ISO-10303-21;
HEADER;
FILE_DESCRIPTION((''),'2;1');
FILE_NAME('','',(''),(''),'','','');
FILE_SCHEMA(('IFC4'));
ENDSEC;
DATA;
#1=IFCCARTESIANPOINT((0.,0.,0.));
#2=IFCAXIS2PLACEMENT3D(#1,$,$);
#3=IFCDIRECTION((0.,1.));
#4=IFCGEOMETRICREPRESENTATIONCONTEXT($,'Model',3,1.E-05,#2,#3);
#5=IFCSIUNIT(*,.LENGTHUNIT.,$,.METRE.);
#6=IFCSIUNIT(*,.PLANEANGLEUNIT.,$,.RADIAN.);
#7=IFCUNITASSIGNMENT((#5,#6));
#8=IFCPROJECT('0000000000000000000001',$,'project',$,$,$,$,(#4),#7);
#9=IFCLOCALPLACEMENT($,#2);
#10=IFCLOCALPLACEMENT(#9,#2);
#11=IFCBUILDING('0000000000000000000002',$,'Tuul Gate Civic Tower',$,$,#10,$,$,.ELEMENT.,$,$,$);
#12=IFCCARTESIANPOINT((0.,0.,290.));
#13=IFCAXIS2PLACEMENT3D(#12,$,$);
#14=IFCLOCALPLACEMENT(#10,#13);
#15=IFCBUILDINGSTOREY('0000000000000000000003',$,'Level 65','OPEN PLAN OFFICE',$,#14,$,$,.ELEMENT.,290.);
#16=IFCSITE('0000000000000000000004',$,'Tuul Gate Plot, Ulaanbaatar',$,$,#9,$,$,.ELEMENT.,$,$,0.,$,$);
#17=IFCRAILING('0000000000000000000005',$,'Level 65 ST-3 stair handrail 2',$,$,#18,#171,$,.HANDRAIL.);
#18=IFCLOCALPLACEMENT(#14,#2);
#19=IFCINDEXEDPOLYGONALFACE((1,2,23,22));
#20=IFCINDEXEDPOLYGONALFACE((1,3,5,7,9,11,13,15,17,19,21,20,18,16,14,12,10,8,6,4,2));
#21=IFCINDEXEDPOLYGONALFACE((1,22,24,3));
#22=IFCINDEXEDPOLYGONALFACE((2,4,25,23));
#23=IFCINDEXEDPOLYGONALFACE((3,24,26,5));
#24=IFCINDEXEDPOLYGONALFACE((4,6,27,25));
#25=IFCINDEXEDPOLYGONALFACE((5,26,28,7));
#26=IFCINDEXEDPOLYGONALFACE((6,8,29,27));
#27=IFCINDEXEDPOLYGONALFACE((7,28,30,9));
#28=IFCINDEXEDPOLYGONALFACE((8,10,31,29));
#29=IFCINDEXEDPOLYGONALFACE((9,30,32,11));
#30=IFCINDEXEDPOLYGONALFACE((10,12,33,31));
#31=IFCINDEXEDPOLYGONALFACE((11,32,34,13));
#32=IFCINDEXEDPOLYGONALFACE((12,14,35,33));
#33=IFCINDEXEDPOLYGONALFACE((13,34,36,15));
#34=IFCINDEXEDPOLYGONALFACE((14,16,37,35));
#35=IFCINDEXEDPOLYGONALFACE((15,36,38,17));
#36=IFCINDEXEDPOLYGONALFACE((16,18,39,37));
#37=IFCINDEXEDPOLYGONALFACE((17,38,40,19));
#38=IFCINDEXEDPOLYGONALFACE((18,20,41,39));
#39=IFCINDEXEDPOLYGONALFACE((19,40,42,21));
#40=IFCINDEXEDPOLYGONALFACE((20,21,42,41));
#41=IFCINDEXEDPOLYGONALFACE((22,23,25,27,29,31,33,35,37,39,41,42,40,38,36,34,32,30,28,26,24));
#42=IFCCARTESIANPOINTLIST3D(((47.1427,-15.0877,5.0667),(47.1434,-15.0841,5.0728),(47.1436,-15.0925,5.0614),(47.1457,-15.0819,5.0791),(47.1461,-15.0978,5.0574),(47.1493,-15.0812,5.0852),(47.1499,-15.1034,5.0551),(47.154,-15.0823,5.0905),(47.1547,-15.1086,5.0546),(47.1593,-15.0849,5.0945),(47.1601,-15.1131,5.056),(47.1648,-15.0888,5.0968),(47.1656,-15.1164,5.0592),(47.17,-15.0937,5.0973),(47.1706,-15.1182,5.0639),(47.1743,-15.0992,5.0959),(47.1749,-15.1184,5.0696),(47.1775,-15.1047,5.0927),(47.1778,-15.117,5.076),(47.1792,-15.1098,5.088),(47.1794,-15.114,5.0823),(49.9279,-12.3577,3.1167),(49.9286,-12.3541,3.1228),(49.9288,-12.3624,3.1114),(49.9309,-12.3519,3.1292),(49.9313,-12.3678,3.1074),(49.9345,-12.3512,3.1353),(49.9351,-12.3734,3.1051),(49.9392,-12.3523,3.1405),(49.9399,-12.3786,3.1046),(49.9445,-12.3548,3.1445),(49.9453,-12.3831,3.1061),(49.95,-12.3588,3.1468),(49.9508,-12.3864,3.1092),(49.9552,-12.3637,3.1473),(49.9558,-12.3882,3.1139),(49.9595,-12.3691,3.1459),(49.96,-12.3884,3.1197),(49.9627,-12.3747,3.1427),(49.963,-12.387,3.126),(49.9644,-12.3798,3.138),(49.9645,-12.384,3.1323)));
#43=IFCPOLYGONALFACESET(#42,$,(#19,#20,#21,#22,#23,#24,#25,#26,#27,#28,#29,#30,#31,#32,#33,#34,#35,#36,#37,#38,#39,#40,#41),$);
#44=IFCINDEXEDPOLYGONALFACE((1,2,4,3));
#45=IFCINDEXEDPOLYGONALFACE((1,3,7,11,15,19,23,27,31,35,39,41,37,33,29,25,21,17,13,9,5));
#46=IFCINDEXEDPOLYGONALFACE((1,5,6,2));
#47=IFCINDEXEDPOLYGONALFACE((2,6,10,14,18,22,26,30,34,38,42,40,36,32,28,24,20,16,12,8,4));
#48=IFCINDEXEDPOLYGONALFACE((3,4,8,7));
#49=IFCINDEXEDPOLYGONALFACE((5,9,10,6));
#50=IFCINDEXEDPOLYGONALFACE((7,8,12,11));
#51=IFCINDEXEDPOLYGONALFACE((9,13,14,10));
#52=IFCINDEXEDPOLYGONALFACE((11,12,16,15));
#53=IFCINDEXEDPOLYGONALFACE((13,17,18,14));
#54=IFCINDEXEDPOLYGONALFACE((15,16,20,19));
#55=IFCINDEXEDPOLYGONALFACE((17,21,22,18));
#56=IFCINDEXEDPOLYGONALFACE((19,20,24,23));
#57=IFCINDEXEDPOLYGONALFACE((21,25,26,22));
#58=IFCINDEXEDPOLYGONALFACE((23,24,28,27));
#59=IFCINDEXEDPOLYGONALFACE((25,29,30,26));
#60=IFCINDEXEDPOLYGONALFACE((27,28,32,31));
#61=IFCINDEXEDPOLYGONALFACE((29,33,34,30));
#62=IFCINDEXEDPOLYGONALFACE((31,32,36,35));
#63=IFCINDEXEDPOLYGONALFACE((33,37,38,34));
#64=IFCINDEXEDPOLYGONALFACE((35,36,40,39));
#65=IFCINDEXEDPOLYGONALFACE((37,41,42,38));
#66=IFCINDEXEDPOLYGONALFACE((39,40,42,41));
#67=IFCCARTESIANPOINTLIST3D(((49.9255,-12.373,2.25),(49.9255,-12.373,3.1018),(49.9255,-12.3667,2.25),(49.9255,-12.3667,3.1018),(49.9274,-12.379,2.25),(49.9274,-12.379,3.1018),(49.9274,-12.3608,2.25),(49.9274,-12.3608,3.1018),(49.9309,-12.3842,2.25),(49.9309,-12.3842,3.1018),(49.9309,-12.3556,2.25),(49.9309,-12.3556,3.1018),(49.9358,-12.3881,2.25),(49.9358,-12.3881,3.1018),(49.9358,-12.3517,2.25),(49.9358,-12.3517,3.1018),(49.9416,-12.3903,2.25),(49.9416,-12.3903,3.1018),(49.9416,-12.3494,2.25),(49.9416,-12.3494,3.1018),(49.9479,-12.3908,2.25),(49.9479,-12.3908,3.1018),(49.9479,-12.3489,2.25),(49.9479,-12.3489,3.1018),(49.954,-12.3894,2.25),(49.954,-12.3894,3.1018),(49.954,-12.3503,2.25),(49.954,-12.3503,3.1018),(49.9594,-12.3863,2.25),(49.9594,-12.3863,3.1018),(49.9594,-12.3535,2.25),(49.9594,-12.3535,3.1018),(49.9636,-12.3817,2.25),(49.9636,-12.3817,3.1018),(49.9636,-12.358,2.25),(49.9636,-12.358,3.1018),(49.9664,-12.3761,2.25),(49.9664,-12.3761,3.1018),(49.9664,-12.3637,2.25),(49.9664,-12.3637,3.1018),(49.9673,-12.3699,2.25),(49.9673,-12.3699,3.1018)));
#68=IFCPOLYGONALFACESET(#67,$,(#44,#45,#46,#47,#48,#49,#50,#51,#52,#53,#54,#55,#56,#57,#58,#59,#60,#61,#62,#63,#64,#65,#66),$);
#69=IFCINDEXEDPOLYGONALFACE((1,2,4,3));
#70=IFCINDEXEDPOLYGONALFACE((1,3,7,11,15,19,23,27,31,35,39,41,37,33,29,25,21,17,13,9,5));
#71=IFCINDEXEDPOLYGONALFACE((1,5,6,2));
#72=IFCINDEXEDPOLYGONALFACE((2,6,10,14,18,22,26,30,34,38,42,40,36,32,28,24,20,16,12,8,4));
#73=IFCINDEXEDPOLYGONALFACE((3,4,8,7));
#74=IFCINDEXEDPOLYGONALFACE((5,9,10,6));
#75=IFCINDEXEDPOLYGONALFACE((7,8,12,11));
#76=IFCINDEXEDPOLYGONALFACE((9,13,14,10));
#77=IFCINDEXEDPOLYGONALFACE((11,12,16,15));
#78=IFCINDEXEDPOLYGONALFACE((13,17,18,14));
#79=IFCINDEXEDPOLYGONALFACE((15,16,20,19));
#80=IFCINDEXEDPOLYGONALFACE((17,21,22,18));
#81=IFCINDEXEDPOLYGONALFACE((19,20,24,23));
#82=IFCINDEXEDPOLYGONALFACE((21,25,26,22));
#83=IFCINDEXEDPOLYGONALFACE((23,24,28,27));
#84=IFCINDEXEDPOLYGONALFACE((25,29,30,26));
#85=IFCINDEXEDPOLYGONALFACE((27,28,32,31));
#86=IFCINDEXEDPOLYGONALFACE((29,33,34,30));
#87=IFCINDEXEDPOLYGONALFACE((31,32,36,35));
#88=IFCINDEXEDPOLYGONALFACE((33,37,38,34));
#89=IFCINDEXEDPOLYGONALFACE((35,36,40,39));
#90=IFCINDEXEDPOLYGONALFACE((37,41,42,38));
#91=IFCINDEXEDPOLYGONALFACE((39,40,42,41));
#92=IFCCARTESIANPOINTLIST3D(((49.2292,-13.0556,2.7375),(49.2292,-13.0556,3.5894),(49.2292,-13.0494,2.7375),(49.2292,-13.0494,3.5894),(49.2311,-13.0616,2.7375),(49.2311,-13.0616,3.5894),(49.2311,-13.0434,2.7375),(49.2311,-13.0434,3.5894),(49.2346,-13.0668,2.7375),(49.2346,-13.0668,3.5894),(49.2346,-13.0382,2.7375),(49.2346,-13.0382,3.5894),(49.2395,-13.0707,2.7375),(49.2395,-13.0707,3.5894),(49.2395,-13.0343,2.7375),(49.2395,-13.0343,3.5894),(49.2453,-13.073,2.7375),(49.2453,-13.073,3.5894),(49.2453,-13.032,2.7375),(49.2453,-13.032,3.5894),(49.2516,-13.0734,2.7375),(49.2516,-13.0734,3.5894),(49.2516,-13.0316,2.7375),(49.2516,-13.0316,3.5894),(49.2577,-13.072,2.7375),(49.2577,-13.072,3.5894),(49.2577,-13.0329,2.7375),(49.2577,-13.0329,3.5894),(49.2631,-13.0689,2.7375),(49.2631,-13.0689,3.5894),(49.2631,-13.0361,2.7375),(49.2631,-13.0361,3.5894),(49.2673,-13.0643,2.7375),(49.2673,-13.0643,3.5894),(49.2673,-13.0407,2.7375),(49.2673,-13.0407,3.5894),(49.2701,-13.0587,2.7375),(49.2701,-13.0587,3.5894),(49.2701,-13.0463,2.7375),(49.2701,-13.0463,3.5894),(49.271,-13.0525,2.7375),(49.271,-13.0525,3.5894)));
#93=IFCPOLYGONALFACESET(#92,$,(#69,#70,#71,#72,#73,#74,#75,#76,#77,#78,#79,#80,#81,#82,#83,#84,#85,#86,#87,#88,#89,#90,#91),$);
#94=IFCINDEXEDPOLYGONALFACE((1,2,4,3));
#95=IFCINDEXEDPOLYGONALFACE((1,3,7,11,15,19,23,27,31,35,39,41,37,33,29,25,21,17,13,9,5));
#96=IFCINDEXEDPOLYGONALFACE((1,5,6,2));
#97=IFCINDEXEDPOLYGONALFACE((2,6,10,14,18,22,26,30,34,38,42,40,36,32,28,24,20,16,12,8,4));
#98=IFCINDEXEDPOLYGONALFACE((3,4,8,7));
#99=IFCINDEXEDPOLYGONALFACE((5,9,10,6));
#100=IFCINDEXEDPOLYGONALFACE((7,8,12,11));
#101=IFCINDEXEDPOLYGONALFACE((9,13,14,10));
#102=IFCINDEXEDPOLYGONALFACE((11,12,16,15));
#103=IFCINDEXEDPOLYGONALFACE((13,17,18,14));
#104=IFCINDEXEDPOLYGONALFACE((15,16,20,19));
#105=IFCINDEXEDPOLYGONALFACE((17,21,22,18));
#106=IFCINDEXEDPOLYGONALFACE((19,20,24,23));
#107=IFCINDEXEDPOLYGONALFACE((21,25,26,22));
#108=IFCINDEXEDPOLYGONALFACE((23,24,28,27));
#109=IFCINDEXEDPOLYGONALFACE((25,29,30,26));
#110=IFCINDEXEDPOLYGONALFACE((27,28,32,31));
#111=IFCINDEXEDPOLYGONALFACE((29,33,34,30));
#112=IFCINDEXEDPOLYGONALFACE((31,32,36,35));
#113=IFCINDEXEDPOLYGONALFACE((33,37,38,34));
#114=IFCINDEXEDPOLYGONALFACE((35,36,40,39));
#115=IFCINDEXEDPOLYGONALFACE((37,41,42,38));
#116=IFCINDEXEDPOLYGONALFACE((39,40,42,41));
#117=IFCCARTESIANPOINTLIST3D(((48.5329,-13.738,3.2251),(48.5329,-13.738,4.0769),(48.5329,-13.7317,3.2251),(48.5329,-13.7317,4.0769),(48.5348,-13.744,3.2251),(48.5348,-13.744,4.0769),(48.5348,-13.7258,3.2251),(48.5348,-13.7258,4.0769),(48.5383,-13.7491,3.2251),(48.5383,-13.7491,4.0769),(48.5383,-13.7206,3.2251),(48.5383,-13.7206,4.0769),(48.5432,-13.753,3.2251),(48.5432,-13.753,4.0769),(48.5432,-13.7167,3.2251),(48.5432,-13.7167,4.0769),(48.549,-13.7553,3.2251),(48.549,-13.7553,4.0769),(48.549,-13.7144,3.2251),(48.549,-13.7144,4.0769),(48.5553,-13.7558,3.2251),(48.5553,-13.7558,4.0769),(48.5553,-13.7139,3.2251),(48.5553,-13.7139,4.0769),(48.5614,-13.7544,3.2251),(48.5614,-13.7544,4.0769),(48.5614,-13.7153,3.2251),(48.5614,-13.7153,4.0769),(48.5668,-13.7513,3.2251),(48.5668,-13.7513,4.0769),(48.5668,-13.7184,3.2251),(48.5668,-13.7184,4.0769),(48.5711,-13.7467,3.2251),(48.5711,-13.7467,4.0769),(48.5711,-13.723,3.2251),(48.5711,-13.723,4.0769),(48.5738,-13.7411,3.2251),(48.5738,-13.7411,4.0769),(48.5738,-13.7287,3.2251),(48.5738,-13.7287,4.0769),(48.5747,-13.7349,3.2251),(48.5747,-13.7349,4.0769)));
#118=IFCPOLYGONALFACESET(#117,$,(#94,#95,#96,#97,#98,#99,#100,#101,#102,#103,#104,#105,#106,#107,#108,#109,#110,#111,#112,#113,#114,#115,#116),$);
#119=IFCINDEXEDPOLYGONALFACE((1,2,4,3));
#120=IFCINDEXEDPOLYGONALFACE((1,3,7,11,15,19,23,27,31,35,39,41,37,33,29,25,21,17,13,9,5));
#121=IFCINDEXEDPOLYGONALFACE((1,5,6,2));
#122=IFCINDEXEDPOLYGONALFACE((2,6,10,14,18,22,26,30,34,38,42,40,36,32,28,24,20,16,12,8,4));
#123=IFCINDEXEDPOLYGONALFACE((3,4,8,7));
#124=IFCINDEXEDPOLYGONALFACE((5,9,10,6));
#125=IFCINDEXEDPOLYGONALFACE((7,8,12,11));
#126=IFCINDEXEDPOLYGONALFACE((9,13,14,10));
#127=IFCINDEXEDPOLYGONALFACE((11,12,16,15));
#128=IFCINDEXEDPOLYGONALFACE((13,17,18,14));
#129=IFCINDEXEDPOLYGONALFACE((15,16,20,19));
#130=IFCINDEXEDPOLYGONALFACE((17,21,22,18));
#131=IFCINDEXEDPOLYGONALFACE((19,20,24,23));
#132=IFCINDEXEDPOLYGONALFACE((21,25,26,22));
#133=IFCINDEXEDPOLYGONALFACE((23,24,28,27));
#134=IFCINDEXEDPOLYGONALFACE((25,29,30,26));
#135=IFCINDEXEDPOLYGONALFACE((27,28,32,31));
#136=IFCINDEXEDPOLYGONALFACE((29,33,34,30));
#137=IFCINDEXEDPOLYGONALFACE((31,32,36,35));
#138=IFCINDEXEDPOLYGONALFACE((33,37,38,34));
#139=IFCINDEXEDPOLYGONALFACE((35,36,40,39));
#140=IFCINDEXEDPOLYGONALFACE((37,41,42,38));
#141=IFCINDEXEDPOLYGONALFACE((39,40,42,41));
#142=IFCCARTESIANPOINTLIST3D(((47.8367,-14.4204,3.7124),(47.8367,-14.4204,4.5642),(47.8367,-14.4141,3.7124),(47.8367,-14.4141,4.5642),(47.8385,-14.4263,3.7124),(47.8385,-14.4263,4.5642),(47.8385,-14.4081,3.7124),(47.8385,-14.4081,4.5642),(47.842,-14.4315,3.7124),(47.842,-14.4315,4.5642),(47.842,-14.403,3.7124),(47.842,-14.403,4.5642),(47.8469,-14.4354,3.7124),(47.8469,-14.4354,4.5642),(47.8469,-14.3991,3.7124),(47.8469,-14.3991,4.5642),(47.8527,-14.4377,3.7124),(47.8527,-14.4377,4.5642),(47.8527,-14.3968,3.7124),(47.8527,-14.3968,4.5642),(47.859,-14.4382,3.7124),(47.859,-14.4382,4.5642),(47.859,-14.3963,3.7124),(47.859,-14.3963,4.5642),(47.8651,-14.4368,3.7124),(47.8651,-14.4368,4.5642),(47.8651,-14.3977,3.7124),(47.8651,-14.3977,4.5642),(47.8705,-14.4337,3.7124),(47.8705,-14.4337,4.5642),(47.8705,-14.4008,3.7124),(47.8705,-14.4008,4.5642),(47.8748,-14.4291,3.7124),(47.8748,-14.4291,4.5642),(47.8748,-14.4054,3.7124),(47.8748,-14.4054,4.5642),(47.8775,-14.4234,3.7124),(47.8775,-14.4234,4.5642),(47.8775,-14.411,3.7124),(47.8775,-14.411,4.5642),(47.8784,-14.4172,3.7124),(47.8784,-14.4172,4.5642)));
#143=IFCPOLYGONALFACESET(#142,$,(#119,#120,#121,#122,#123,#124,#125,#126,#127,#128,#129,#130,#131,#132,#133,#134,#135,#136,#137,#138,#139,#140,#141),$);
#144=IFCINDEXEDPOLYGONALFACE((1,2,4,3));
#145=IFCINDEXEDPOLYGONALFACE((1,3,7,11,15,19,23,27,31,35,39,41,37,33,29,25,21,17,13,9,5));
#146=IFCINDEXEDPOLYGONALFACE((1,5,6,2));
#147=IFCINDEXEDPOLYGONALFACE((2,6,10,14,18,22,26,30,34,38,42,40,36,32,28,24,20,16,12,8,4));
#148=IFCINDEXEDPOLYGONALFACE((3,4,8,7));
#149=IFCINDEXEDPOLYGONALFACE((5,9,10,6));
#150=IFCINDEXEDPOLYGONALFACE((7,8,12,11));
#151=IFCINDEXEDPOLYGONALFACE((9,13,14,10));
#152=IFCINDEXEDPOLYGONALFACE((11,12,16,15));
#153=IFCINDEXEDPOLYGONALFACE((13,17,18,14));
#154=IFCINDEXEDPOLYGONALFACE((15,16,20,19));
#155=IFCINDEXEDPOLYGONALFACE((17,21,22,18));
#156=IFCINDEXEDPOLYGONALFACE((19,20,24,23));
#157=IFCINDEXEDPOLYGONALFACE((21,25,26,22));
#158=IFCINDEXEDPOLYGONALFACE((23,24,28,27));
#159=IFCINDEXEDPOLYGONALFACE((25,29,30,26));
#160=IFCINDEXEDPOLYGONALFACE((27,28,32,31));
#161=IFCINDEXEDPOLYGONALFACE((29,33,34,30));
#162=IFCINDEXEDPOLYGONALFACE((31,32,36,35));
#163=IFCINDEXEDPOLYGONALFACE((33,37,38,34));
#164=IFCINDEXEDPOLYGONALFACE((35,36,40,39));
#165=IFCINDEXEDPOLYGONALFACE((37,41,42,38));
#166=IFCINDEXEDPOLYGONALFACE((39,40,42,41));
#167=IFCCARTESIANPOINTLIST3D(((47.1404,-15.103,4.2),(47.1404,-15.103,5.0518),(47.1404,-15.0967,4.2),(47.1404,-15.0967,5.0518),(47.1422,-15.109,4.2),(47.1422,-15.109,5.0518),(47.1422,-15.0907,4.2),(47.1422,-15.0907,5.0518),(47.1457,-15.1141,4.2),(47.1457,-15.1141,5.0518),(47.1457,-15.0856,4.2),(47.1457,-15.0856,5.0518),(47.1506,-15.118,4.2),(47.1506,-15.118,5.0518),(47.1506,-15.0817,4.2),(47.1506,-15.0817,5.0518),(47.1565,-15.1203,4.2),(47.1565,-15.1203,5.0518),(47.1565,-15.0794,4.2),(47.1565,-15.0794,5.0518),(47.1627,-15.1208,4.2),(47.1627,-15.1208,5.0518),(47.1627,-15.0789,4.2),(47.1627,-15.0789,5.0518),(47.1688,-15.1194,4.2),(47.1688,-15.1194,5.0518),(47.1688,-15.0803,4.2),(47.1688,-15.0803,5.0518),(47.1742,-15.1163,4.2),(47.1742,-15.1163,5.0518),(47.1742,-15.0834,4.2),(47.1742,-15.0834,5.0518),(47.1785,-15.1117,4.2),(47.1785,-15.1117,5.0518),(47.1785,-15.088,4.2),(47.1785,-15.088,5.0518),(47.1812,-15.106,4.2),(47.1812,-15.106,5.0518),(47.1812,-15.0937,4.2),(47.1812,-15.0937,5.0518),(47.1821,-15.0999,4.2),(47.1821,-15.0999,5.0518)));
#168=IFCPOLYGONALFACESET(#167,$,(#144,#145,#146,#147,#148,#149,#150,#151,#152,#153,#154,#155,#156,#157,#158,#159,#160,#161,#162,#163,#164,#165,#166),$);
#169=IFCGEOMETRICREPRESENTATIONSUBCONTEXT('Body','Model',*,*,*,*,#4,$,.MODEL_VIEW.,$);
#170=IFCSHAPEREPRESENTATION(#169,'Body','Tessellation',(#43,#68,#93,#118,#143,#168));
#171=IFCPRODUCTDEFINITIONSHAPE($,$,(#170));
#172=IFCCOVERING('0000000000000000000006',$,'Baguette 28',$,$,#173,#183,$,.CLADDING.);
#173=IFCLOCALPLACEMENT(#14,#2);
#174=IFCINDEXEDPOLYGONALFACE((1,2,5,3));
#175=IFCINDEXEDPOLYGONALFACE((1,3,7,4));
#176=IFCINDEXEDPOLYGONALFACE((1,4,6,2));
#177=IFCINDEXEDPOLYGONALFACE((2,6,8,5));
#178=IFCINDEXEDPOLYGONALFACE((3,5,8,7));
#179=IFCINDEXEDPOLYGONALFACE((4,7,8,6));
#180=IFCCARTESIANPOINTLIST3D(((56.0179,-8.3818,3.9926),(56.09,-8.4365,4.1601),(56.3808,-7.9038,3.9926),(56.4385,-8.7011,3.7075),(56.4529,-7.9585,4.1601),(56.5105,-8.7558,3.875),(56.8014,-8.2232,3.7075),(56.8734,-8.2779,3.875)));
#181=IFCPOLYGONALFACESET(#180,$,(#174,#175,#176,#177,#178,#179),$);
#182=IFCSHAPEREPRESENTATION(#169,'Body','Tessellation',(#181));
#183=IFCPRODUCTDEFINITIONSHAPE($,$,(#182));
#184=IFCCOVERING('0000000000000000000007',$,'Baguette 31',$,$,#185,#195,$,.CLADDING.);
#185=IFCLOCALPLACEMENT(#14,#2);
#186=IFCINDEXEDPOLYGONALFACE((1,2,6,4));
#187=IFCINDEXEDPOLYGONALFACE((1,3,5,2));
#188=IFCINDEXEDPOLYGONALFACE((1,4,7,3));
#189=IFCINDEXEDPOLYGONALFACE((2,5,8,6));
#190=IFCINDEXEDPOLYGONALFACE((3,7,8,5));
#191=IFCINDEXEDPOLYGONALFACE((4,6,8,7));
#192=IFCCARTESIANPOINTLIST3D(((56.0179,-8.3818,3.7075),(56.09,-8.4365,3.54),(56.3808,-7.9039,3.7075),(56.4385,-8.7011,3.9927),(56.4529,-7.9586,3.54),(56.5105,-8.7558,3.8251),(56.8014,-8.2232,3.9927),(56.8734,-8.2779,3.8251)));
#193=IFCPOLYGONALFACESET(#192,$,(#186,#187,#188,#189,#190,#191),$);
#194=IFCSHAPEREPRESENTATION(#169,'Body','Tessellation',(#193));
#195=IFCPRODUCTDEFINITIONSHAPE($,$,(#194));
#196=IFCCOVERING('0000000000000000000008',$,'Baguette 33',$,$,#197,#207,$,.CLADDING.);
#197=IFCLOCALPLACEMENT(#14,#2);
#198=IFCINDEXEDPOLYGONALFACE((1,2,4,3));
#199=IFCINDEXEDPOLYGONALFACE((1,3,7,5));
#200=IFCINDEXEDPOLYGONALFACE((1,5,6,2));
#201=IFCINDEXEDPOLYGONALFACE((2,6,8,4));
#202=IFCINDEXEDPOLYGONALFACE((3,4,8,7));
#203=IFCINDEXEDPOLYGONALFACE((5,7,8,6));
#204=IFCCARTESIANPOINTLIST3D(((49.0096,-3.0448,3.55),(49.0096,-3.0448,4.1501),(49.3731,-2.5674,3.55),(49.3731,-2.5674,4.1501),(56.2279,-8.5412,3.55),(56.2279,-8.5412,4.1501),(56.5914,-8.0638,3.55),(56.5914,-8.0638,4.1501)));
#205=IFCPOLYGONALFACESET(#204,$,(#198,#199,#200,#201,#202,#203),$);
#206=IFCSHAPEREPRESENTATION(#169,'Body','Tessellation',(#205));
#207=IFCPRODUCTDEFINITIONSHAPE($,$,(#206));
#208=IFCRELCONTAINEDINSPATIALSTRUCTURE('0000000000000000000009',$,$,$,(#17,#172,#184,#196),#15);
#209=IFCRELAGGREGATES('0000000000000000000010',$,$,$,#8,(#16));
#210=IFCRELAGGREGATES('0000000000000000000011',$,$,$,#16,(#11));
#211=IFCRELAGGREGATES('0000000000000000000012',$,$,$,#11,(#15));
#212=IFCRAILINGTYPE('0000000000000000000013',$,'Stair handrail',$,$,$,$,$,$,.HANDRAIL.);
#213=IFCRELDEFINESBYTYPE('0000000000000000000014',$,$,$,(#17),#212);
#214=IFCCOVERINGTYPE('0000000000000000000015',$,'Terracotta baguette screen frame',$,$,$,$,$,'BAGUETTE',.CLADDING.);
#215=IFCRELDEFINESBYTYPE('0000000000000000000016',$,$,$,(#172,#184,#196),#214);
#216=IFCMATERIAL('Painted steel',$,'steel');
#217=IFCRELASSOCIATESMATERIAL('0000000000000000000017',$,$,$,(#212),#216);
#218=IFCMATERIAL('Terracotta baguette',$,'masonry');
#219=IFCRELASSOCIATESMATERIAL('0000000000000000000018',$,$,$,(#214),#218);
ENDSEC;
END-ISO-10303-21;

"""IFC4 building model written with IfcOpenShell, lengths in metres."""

from ifc_helpers import new_model, si_unit, direction, frame, origin, origin_2d, place, context, subcontext, project, spatial, rectangle, circle, extrude, material, material_profile, profile_set, type_object, element, save


model = new_model("IFC4")

# Units and contexts
model_context = context("Model", 3, precision=1e-05, world=origin(), true_north=direction((0.0, 1.0)))
body_context = subcontext(model_context, "Body", "Model", "MODEL_VIEW")
ifc_project = project(units=[si_unit("LENGTHUNIT", "METRE"), si_unit("PLANEANGLEUNIT", "RADIAN")], contexts=[model_context])

# Site, building, storey
site_placement = place(None, origin())
site = spatial("IfcSite", under=ifc_project, at=site_placement, Name="Tuul Gate Plot, Ulaanbaatar", CompositionType="ELEMENT", RefElevation=0.0)
building_placement = place(site_placement, origin())
building = spatial("IfcBuilding", under=site, at=building_placement, Name="Tuul Gate Civic Tower", CompositionType="ELEMENT")
storey_placement = place(building_placement, frame((0.0, 0.0, 290.0)))
storey = spatial("IfcBuildingStorey", under=building, at=storey_placement, Name="Level 65", Description="OPEN PLAN OFFICE", CompositionType="ELEMENT", Elevation=290.0)

# Railing
ifc_material_1 = material(Name="Painted steel", Category="steel")
railing_type_1 = type_object("IfcRailingType", Name="Stair handrail", PredefinedType="HANDRAIL", material=ifc_material_1)
railing_1_placement = place(storey_placement, frame((49.9463, -12.3699, 2.25)))
element("IfcRailing", 1, at=railing_1_placement, inside=storey, type_object=railing_type_1, Name="Level 65 ST-3 stair handrail 2", PredefinedType="HANDRAIL", context=body_context, shape_type="SweptSolid", body=[
    extrude(circle(Radius=0.0239, at=origin_2d()), frame((0.0, 0.0, 0.876), z_axis=(-0.638754, -0.6261, 0.447206), x_axis=(0.699998, -0.714145, 0.0)), (0.0, 0.0, 1.0), 4.3604),
    extrude(circle(Radius=0.021, at=origin_2d()), origin(), (0.0, 0.0, 1.0), 0.8518),
    extrude(circle(Radius=0.021, at=origin_2d()), frame((-0.6963, -0.6826, 0.4875)), (0.0, 0.0, 1.0), 0.8518),
    extrude(circle(Radius=0.021, at=origin_2d()), frame((-1.3926, -1.365, 0.9751)), (0.0, 0.0, 1.0), 0.8518),
    extrude(circle(Radius=0.021, at=origin_2d()), frame((-2.0889, -2.0474, 1.4624)), (0.0, 0.0, 1.0), 0.8518),
    extrude(circle(Radius=0.021, at=origin_2d()), frame((-2.7852, -2.73, 1.95)), (0.0, 0.0, 1.0), 0.8518),
])

# Coverings
ifc_material_2 = material(Name="Terracotta baguette", Category="masonry")
ifc_material_profile_1 = material_profile(ifc_material_2, rectangle(XDim=0.6001, YDim=0.6001, at=origin_2d()), Name="Terracotta baguette screen frame")
ifc_profile_set_1 = profile_set([ifc_material_profile_1], Name="Terracotta baguette")
covering_type = type_object("IfcCoveringType", Name="Terracotta baguette screen frame", ElementType="BAGUETTE", PredefinedType="CLADDING", material=ifc_profile_set_1)
for number, where, z_axis, x_axis, name in (
    (2, (56.4817, -8.3572, 4.0176), (-0.378393, 0.287322, -0.879923), (-0.604741, -0.796422, 0.0), "Baguette 28"),
    (3, (56.4097, -8.3025, 3.8501), (0.378393, -0.287322, -0.879923), (0.604741, 0.796422, 0.0), "Baguette 31"),
):
    element("IfcCovering", number, at=place(storey_placement, frame(where, z_axis=z_axis, x_axis=x_axis)), inside=storey, type_object=covering_type, Name=name, PredefinedType="CLADDING", context=body_context, shape_type="SweptSolid", body=[
        extrude(rectangle(XDim=0.6001, YDim=0.6001, at=origin_2d()), origin(), (0.0, 0.0, 1.0), 0.1904),
    ])
covering_1_placement = place(storey_placement, frame((56.4097, -8.3025, 3.8501), z_axis=(-0.795607, 0.605814, 0.0), x_axis=(-0.605814, -0.795607, 0.0)))
element("IfcCovering", 4, at=covering_1_placement, inside=storey, type_object=covering_type, Name="Baguette 33", PredefinedType="CLADDING", context=body_context, shape_type="SweptSolid", body=[
    extrude(rectangle(XDim=0.6001, YDim=0.6001, at=origin_2d()), origin(), (0.0, 0.0, 1.0), 9.0728),
])

save(model, "model.ifc")
